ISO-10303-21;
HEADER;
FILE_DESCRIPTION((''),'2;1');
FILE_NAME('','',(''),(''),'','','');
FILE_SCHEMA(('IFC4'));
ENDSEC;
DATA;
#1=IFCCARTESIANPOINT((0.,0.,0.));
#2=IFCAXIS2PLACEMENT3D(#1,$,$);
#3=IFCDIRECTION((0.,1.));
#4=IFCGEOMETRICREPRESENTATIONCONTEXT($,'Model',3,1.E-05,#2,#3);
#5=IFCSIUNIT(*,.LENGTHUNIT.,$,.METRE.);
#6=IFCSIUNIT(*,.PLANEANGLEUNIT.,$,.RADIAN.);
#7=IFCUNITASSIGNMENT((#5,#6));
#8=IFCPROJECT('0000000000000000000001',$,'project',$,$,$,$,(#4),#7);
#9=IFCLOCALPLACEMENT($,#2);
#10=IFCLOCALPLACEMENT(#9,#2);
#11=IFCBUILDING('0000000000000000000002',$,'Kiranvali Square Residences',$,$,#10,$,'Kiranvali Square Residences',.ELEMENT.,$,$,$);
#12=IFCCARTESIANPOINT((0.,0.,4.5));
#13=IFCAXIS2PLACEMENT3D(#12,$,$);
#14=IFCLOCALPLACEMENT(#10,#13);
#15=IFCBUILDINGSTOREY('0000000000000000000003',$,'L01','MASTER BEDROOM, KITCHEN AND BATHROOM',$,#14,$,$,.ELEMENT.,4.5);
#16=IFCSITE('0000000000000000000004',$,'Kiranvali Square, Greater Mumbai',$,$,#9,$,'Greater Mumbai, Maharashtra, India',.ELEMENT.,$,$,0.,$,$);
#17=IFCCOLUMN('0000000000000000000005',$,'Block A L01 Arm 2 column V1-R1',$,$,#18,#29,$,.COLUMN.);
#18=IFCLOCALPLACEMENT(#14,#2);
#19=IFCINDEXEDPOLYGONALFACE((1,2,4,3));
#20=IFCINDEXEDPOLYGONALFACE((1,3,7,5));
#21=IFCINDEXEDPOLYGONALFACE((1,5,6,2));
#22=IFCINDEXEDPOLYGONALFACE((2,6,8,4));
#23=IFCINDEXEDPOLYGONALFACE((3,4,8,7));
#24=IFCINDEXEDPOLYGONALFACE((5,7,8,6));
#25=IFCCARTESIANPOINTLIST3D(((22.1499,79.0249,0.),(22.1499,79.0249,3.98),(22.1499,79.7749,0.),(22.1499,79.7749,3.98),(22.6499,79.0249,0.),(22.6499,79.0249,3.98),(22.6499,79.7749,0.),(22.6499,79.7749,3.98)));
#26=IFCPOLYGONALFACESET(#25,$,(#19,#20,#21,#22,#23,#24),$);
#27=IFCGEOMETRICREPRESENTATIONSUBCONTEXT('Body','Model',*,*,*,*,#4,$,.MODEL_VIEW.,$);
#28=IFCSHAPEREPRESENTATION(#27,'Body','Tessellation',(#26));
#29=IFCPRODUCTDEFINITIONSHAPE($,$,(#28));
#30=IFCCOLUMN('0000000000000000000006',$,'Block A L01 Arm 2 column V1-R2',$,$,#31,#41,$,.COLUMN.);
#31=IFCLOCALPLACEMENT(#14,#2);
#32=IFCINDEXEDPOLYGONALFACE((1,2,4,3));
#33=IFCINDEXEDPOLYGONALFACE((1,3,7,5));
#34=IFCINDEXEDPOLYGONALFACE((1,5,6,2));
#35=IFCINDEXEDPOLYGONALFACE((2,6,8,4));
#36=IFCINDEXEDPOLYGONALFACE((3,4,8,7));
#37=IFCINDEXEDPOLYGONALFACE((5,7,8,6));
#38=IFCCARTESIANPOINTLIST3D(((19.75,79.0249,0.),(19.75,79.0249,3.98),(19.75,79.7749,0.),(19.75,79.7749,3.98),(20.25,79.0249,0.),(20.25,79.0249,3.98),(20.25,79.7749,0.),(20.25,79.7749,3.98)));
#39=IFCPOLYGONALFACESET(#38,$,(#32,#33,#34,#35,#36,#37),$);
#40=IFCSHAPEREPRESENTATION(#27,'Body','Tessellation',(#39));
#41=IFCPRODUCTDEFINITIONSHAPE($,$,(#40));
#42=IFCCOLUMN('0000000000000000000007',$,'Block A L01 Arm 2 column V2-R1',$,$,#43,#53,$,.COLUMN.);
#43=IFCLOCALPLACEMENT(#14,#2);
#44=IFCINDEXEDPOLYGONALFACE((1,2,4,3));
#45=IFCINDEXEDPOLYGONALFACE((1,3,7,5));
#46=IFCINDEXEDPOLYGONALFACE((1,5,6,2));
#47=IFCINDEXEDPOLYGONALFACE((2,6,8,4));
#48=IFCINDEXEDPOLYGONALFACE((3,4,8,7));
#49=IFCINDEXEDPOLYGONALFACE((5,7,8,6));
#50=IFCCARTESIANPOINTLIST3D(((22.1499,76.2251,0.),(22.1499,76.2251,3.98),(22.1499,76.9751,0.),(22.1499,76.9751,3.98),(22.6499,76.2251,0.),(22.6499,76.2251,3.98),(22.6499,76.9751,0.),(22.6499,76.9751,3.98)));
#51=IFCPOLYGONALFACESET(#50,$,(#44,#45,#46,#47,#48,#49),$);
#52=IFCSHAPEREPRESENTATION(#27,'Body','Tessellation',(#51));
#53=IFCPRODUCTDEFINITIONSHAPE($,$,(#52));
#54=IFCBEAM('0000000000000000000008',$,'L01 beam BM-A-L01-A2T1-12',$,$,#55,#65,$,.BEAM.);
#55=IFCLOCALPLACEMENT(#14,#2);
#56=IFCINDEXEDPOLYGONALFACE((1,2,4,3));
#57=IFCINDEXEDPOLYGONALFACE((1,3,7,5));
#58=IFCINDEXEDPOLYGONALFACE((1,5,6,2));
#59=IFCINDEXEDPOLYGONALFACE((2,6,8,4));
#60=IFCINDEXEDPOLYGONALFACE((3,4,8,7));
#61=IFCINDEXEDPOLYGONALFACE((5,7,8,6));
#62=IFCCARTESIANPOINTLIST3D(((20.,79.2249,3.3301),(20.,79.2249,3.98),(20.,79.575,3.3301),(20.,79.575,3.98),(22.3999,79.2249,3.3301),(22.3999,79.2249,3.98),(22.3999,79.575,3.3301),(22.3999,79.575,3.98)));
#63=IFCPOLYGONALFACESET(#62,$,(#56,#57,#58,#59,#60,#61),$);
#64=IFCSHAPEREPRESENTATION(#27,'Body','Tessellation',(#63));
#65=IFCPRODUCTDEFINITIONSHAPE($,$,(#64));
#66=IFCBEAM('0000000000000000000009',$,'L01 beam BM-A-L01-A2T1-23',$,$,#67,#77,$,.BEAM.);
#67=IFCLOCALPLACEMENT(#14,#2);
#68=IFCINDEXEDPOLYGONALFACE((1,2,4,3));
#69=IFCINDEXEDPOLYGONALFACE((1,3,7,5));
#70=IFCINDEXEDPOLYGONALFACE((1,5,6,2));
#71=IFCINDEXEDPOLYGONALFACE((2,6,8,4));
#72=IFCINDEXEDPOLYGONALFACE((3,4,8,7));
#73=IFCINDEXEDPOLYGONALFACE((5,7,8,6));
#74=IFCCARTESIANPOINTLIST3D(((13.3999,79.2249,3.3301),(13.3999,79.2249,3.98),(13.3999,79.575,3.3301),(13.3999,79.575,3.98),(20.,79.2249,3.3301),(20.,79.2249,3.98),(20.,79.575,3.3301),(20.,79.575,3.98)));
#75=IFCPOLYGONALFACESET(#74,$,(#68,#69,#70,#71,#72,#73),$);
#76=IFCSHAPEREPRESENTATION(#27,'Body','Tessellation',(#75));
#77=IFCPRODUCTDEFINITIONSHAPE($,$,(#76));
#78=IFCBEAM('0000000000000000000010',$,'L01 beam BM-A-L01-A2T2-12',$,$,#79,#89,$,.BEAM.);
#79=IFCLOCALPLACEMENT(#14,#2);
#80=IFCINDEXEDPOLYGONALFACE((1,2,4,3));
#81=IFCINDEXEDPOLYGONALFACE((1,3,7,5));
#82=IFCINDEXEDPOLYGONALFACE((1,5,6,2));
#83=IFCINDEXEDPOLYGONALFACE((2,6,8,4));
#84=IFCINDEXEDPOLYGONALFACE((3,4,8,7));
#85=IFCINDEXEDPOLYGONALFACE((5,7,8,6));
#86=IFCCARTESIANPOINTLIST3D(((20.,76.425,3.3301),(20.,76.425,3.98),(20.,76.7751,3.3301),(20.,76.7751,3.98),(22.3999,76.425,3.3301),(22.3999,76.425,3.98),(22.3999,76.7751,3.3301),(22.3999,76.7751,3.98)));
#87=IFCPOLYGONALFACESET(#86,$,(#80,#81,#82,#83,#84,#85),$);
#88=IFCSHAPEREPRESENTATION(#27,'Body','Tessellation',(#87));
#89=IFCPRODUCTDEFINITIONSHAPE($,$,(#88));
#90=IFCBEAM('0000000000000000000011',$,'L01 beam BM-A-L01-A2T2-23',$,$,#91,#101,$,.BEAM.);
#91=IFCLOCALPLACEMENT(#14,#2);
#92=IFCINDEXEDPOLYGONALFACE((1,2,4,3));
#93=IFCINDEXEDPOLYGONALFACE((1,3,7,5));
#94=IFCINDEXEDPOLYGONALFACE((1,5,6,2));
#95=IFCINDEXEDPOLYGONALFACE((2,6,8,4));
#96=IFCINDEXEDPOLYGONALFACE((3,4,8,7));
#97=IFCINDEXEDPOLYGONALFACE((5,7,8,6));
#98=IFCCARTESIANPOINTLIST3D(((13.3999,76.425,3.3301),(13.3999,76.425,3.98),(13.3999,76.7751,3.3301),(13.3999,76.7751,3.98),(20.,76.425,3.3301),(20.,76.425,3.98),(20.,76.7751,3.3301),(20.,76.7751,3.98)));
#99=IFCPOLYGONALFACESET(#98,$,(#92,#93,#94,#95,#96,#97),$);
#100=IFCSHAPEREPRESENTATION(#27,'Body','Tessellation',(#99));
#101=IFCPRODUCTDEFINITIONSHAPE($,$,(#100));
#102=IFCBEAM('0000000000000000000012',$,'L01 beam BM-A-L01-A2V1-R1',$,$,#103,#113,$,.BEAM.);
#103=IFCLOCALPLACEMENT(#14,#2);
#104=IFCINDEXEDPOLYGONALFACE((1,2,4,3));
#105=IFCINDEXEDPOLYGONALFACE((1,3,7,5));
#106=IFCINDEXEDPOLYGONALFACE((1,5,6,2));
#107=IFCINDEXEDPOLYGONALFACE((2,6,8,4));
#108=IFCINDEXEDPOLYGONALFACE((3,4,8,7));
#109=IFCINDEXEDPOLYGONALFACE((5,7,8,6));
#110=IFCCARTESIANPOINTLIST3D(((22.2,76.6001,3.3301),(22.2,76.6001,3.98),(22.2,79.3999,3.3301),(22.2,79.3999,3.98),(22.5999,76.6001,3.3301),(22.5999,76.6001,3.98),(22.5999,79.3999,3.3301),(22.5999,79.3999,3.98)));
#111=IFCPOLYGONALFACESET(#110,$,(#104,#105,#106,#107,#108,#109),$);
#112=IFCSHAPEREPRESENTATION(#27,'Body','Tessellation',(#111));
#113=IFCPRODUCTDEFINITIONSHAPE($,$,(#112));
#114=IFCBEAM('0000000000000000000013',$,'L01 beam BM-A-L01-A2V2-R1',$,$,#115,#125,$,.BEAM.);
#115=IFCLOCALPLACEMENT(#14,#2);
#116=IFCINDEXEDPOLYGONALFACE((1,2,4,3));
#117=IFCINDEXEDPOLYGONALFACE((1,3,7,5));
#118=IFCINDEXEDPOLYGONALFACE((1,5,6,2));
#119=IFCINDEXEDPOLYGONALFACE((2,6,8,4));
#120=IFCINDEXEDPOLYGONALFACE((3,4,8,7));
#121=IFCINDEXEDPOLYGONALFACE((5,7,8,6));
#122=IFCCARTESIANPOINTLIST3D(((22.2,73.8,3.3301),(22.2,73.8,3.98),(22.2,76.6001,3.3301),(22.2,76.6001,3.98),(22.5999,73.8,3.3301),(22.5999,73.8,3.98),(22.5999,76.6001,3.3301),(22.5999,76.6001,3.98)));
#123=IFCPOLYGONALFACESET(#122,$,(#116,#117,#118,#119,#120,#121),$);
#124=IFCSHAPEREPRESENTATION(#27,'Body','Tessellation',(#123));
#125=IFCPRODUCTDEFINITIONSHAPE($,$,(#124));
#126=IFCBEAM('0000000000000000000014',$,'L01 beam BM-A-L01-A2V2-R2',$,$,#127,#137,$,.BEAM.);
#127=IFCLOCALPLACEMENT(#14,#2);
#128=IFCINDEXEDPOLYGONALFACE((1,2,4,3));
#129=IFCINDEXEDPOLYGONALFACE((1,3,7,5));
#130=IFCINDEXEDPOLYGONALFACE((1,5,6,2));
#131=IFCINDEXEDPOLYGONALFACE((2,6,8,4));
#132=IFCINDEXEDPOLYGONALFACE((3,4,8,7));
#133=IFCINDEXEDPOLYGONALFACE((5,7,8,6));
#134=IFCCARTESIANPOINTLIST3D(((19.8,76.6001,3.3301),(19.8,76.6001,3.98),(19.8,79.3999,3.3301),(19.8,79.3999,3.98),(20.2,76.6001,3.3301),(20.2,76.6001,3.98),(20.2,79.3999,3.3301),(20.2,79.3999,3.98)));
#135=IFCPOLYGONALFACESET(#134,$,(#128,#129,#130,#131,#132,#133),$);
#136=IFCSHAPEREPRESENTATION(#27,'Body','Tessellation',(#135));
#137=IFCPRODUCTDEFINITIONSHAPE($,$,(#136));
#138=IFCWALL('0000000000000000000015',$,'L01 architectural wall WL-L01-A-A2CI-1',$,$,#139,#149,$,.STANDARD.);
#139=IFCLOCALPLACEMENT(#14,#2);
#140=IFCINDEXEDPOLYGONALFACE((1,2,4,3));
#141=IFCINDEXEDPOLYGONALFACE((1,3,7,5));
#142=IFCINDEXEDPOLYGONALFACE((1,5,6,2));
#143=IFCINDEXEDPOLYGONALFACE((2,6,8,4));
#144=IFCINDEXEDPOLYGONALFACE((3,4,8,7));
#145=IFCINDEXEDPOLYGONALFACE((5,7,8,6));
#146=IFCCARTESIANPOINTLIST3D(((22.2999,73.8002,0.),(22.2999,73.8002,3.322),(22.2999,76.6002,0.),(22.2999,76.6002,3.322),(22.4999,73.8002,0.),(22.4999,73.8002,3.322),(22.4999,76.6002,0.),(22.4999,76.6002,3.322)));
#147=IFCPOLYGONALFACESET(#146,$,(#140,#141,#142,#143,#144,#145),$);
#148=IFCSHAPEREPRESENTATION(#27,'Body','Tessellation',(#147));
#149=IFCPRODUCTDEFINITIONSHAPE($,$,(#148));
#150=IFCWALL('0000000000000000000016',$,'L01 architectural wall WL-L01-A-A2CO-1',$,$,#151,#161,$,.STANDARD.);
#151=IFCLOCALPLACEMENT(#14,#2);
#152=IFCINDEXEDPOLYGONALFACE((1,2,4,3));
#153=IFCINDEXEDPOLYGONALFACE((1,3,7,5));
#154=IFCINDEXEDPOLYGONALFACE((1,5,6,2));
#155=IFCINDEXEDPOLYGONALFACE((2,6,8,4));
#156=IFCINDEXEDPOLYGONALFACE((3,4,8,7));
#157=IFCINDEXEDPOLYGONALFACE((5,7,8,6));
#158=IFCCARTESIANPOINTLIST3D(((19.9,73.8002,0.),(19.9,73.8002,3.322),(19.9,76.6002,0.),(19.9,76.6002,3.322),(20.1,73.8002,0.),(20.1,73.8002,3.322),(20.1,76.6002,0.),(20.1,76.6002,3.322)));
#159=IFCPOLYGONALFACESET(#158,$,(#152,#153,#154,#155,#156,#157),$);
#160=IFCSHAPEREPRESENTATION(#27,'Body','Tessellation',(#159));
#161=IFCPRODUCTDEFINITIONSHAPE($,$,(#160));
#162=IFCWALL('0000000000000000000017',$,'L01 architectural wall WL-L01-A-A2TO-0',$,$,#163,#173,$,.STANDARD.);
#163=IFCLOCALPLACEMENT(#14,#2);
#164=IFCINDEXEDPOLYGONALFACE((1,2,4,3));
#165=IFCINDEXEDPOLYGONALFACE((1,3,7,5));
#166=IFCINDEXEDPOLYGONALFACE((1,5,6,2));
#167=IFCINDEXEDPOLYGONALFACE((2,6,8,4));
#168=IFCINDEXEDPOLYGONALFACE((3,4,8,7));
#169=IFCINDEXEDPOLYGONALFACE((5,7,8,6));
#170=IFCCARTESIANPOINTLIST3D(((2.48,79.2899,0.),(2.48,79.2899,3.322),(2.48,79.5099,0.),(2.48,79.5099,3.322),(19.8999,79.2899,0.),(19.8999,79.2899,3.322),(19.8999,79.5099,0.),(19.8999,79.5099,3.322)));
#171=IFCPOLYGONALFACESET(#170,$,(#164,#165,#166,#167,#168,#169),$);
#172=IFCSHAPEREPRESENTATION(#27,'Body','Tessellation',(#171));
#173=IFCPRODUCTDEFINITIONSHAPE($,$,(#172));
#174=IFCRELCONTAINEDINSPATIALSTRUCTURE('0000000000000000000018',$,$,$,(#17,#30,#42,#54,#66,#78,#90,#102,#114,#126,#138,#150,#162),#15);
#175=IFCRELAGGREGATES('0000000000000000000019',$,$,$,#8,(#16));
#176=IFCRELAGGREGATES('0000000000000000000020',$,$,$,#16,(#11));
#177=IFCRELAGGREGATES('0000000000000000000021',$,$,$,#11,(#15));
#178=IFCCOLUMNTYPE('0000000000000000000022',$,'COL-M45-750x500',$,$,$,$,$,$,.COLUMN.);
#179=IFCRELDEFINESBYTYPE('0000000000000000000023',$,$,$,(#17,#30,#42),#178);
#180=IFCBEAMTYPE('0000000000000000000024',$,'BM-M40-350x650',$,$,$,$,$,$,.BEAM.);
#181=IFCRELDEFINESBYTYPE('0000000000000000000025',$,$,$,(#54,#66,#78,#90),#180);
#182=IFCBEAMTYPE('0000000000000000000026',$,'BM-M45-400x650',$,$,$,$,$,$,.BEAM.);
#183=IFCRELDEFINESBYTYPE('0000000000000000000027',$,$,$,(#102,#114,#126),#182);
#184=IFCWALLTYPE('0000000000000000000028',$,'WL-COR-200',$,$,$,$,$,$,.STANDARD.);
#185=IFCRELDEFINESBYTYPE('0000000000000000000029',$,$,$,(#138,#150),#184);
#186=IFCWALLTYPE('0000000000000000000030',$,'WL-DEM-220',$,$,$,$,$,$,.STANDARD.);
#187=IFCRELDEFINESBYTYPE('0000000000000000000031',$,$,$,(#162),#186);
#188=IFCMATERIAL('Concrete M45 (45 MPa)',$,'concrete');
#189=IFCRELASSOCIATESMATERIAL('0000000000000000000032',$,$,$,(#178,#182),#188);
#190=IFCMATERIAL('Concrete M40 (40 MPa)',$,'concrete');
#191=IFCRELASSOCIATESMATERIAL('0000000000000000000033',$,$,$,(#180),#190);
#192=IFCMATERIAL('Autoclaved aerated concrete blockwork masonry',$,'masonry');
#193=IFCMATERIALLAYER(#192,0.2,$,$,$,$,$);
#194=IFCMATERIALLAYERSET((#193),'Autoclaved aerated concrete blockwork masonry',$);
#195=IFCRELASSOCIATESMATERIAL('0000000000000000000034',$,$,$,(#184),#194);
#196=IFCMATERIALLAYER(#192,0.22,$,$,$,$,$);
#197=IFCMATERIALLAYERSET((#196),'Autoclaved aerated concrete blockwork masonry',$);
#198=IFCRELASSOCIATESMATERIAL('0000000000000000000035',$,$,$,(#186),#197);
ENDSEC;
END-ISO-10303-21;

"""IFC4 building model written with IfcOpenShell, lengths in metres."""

from ifc_helpers import new_model, si_unit, direction, frame, frame_2d, origin, origin_2d, place, context, subcontext, project, spatial, rectangle, extrude, material, layer, layer_set, material_profile, profile_set, type_object, element, save


model = new_model("IFC4")

# Units and contexts
model_context = context("Model", 3, precision=1e-05, world=origin(), true_north=direction((0.0, 1.0)))
body_context = subcontext(model_context, "Body", "Model", "MODEL_VIEW")
ifc_project = project(units=[si_unit("LENGTHUNIT", "METRE"), si_unit("PLANEANGLEUNIT", "RADIAN")], contexts=[model_context])

# Site, building, storey
site_placement = place(None, origin())
site = spatial("IfcSite", under=ifc_project, at=site_placement, Name="Kiranvali Square, Greater Mumbai", LongName="Greater Mumbai, Maharashtra, India", CompositionType="ELEMENT", RefElevation=0.0)
building_placement = place(site_placement, origin())
building = spatial("IfcBuilding", under=site, at=building_placement, Name="Kiranvali Square Residences", LongName="Kiranvali Square Residences", CompositionType="ELEMENT")
storey_placement = place(building_placement, frame((0.0, 0.0, 4.5)))
storey = spatial("IfcBuildingStorey", under=building, at=storey_placement, Name="L01", Description="MASTER BEDROOM, KITCHEN AND BATHROOM", CompositionType="ELEMENT", Elevation=4.5)

# Columns
ifc_material_1 = material(Name="Concrete M45 (45 MPa)", Category="concrete")
ifc_material_profile_1 = material_profile(ifc_material_1, rectangle(XDim=0.5, YDim=0.75, at=origin_2d()), Name="RC 750x500")
ifc_profile_set_1 = profile_set([ifc_material_profile_1], Name="Concrete M45 (45 MPa)")
column_type = type_object("IfcColumnType", Name="COL-M45-750x500", PredefinedType="COLUMN", material=ifc_profile_set_1)
for number, where, z_axis, x_axis, name in (
    (1, (22.3999, 79.3999, 0.0), (0.0, 0.0, 1.0), (1.0, 0.0, 0.0), "Block A L01 Arm 2 column V1-R1"),
    (2, (20.0, 79.3999, 0.0), (0.0, 0.0, 1.0), (1.0, 0.0, 0.0), "Block A L01 Arm 2 column V1-R2"),
    (3, (22.3999, 76.6001, 0.0), (0.0, 0.0, 1.0), (1.0, 0.0, 0.0), "Block A L01 Arm 2 column V2-R1"),
):
    element("IfcColumn", number, at=place(storey_placement, frame(where, z_axis=z_axis, x_axis=x_axis)), inside=storey, type_object=column_type, Name=name, PredefinedType="COLUMN", context=body_context, shape_type="SweptSolid", body=[
        extrude(rectangle(XDim=0.5, YDim=0.75, at=origin_2d()), origin(), (0.0, 0.0, 1.0), 3.98),
    ])

# Beams
ifc_material_2 = material(Name="Concrete M40 (40 MPa)", Category="concrete")
ifc_material_profile_2 = material_profile(ifc_material_2, rectangle(XDim=0.3501, YDim=0.6499, at=origin_2d()), Name="RC 350x650")
ifc_profile_set_2 = profile_set([ifc_material_profile_2], Name="Concrete M40 (40 MPa)")
beam_type_1 = type_object("IfcBeamType", Name="BM-M40-350x650", PredefinedType="BEAM", material=ifc_profile_set_2)
beam_1_placement = place(storey_placement, frame((22.3999, 79.3999, 3.655), z_axis=(-1.0, 0.0, 0.0), x_axis=(0.0, -1.0, 0.0)))
element("IfcBeam", 4, at=beam_1_placement, inside=storey, type_object=beam_type_1, Name="L01 beam BM-A-L01-A2T1-12", PredefinedType="BEAM", context=body_context, shape_type="SweptSolid", body=[
    extrude(rectangle(XDim=0.3501, YDim=0.6499, at=origin_2d()), origin(), (0.0, 0.0, 1.0), 2.3999),
])
beam_2_placement = place(storey_placement, frame((20.0, 79.3999, 3.655), z_axis=(-1.0, 0.0, 0.0), x_axis=(0.0, -1.0, 0.0)))
element("IfcBeam", 5, at=beam_2_placement, inside=storey, type_object=beam_type_1, Name="L01 beam BM-A-L01-A2T1-23", PredefinedType="BEAM", context=body_context, shape_type="SweptSolid", body=[
    extrude(rectangle(XDim=0.3501, YDim=0.6499, at=origin_2d()), origin(), (0.0, 0.0, 1.0), 6.6001),
])
beam_3_placement = place(storey_placement, frame((22.3999, 76.6001, 3.655), z_axis=(-1.0, 0.0, 0.0), x_axis=(0.0, -1.0, 0.0)))
element("IfcBeam", 6, at=beam_3_placement, inside=storey, type_object=beam_type_1, Name="L01 beam BM-A-L01-A2T2-12", PredefinedType="BEAM", context=body_context, shape_type="SweptSolid", body=[
    extrude(rectangle(XDim=0.3501, YDim=0.6499, at=origin_2d()), origin(), (0.0, 0.0, 1.0), 2.3999),
])
beam_4_placement = place(storey_placement, frame((20.0, 76.6001, 3.655), z_axis=(-1.0, 0.0, 0.0), x_axis=(0.0, -1.0, 0.0)))
element("IfcBeam", 7, at=beam_4_placement, inside=storey, type_object=beam_type_1, Name="L01 beam BM-A-L01-A2T2-23", PredefinedType="BEAM", context=body_context, shape_type="SweptSolid", body=[
    extrude(rectangle(XDim=0.3501, YDim=0.6499, at=origin_2d()), origin(), (0.0, 0.0, 1.0), 6.6001),
])
ifc_material_profile_3 = material_profile(ifc_material_1, rectangle(XDim=0.3999, YDim=0.6499, at=origin_2d()), Name="RC 400x650")
ifc_profile_set_3 = profile_set([ifc_material_profile_3], Name="Concrete M45 (45 MPa)")
beam_type_2 = type_object("IfcBeamType", Name="BM-M45-400x650", PredefinedType="BEAM", material=ifc_profile_set_3)
beam_5_placement = place(storey_placement, frame((22.3999, 79.3999, 3.655), z_axis=(0.0, -1.0, 0.0), x_axis=(1.0, 0.0, 0.0)))
element("IfcBeam", 8, at=beam_5_placement, inside=storey, type_object=beam_type_2, Name="L01 beam BM-A-L01-A2V1-R1", PredefinedType="BEAM", context=body_context, shape_type="SweptSolid", body=[
    extrude(rectangle(XDim=0.3999, YDim=0.6499, at=origin_2d()), origin(), (0.0, 0.0, 1.0), 2.7998),
])
beam_6_placement = place(storey_placement, frame((22.3999, 76.6001, 3.655), z_axis=(0.0, -1.0, 0.0), x_axis=(1.0, 0.0, 0.0)))
element("IfcBeam", 9, at=beam_6_placement, inside=storey, type_object=beam_type_2, Name="L01 beam BM-A-L01-A2V2-R1", PredefinedType="BEAM", context=body_context, shape_type="SweptSolid", body=[
    extrude(rectangle(XDim=0.3999, YDim=0.6499, at=origin_2d()), origin(), (0.0, 0.0, 1.0), 2.8),
])
beam_7_placement = place(storey_placement, frame((20.0, 79.3999, 3.655), z_axis=(0.0, -1.0, 0.0), x_axis=(1.0, 0.0, 0.0)))
element("IfcBeam", 10, at=beam_7_placement, inside=storey, type_object=beam_type_2, Name="L01 beam BM-A-L01-A2V2-R2", PredefinedType="BEAM", context=body_context, shape_type="SweptSolid", body=[
    extrude(rectangle(XDim=0.3999, YDim=0.6499, at=origin_2d()), origin(), (0.0, 0.0, 1.0), 2.7998),
])

# Shared definitions
ifc_material_3 = material(Name="Autoclaved aerated concrete blockwork masonry", Category="masonry")
ifc_layer_1 = layer(ifc_material_3, 0.2)
ifc_layer_set_1 = layer_set([ifc_layer_1], Name="Autoclaved aerated concrete blockwork masonry")
wall_type_1 = type_object("IfcWallType", Name="WL-COR-200", PredefinedType="STANDARD", material=ifc_layer_set_1)

# Walls
for number, where, z_axis, x_axis, name in (
    (11, (22.3999, 76.6001, 0.0), (0.0, 0.0, 1.0), (0.0, -1.0, 0.0), "L01 architectural wall WL-L01-A-A2CI-1"),
    (12, (20.0, 76.6001, 0.0), (0.0, 0.0, 1.0), (0.0, -1.0, 0.0), "L01 architectural wall WL-L01-A-A2CO-1"),
):
    element("IfcWall", number, at=place(storey_placement, frame(where, z_axis=z_axis, x_axis=x_axis)), inside=storey, type_object=wall_type_1, Name=name, PredefinedType="STANDARD", context=body_context, shape_type="SweptSolid", body=[
        extrude(rectangle(XDim=2.8, YDim=0.2, at=frame_2d((1.3999, 0.0))), origin(), (0.0, 0.0, 1.0), 3.322),
    ])
ifc_layer_2 = layer(ifc_material_3, 0.22)
ifc_layer_set_2 = layer_set([ifc_layer_2], Name="Autoclaved aerated concrete blockwork masonry")
wall_type_2 = type_object("IfcWallType", Name="WL-DEM-220", PredefinedType="STANDARD", material=ifc_layer_set_2)
wall_1_placement = place(storey_placement, frame((19.8999, 79.3999, 0.0), z_axis=(0.0, 0.0, 1.0), x_axis=(-1.0, 0.0, 0.0)))
element("IfcWall", 13, at=wall_1_placement, inside=storey, type_object=wall_type_2, Name="L01 architectural wall WL-L01-A-A2TO-0", PredefinedType="STANDARD", context=body_context, shape_type="SweptSolid", body=[
    extrude(rectangle(XDim=17.4199, YDim=0.22, at=frame_2d((8.71, 0.0))), origin(), (0.0, 0.0, 1.0), 3.322),
])

save(model, "model.ifc")
